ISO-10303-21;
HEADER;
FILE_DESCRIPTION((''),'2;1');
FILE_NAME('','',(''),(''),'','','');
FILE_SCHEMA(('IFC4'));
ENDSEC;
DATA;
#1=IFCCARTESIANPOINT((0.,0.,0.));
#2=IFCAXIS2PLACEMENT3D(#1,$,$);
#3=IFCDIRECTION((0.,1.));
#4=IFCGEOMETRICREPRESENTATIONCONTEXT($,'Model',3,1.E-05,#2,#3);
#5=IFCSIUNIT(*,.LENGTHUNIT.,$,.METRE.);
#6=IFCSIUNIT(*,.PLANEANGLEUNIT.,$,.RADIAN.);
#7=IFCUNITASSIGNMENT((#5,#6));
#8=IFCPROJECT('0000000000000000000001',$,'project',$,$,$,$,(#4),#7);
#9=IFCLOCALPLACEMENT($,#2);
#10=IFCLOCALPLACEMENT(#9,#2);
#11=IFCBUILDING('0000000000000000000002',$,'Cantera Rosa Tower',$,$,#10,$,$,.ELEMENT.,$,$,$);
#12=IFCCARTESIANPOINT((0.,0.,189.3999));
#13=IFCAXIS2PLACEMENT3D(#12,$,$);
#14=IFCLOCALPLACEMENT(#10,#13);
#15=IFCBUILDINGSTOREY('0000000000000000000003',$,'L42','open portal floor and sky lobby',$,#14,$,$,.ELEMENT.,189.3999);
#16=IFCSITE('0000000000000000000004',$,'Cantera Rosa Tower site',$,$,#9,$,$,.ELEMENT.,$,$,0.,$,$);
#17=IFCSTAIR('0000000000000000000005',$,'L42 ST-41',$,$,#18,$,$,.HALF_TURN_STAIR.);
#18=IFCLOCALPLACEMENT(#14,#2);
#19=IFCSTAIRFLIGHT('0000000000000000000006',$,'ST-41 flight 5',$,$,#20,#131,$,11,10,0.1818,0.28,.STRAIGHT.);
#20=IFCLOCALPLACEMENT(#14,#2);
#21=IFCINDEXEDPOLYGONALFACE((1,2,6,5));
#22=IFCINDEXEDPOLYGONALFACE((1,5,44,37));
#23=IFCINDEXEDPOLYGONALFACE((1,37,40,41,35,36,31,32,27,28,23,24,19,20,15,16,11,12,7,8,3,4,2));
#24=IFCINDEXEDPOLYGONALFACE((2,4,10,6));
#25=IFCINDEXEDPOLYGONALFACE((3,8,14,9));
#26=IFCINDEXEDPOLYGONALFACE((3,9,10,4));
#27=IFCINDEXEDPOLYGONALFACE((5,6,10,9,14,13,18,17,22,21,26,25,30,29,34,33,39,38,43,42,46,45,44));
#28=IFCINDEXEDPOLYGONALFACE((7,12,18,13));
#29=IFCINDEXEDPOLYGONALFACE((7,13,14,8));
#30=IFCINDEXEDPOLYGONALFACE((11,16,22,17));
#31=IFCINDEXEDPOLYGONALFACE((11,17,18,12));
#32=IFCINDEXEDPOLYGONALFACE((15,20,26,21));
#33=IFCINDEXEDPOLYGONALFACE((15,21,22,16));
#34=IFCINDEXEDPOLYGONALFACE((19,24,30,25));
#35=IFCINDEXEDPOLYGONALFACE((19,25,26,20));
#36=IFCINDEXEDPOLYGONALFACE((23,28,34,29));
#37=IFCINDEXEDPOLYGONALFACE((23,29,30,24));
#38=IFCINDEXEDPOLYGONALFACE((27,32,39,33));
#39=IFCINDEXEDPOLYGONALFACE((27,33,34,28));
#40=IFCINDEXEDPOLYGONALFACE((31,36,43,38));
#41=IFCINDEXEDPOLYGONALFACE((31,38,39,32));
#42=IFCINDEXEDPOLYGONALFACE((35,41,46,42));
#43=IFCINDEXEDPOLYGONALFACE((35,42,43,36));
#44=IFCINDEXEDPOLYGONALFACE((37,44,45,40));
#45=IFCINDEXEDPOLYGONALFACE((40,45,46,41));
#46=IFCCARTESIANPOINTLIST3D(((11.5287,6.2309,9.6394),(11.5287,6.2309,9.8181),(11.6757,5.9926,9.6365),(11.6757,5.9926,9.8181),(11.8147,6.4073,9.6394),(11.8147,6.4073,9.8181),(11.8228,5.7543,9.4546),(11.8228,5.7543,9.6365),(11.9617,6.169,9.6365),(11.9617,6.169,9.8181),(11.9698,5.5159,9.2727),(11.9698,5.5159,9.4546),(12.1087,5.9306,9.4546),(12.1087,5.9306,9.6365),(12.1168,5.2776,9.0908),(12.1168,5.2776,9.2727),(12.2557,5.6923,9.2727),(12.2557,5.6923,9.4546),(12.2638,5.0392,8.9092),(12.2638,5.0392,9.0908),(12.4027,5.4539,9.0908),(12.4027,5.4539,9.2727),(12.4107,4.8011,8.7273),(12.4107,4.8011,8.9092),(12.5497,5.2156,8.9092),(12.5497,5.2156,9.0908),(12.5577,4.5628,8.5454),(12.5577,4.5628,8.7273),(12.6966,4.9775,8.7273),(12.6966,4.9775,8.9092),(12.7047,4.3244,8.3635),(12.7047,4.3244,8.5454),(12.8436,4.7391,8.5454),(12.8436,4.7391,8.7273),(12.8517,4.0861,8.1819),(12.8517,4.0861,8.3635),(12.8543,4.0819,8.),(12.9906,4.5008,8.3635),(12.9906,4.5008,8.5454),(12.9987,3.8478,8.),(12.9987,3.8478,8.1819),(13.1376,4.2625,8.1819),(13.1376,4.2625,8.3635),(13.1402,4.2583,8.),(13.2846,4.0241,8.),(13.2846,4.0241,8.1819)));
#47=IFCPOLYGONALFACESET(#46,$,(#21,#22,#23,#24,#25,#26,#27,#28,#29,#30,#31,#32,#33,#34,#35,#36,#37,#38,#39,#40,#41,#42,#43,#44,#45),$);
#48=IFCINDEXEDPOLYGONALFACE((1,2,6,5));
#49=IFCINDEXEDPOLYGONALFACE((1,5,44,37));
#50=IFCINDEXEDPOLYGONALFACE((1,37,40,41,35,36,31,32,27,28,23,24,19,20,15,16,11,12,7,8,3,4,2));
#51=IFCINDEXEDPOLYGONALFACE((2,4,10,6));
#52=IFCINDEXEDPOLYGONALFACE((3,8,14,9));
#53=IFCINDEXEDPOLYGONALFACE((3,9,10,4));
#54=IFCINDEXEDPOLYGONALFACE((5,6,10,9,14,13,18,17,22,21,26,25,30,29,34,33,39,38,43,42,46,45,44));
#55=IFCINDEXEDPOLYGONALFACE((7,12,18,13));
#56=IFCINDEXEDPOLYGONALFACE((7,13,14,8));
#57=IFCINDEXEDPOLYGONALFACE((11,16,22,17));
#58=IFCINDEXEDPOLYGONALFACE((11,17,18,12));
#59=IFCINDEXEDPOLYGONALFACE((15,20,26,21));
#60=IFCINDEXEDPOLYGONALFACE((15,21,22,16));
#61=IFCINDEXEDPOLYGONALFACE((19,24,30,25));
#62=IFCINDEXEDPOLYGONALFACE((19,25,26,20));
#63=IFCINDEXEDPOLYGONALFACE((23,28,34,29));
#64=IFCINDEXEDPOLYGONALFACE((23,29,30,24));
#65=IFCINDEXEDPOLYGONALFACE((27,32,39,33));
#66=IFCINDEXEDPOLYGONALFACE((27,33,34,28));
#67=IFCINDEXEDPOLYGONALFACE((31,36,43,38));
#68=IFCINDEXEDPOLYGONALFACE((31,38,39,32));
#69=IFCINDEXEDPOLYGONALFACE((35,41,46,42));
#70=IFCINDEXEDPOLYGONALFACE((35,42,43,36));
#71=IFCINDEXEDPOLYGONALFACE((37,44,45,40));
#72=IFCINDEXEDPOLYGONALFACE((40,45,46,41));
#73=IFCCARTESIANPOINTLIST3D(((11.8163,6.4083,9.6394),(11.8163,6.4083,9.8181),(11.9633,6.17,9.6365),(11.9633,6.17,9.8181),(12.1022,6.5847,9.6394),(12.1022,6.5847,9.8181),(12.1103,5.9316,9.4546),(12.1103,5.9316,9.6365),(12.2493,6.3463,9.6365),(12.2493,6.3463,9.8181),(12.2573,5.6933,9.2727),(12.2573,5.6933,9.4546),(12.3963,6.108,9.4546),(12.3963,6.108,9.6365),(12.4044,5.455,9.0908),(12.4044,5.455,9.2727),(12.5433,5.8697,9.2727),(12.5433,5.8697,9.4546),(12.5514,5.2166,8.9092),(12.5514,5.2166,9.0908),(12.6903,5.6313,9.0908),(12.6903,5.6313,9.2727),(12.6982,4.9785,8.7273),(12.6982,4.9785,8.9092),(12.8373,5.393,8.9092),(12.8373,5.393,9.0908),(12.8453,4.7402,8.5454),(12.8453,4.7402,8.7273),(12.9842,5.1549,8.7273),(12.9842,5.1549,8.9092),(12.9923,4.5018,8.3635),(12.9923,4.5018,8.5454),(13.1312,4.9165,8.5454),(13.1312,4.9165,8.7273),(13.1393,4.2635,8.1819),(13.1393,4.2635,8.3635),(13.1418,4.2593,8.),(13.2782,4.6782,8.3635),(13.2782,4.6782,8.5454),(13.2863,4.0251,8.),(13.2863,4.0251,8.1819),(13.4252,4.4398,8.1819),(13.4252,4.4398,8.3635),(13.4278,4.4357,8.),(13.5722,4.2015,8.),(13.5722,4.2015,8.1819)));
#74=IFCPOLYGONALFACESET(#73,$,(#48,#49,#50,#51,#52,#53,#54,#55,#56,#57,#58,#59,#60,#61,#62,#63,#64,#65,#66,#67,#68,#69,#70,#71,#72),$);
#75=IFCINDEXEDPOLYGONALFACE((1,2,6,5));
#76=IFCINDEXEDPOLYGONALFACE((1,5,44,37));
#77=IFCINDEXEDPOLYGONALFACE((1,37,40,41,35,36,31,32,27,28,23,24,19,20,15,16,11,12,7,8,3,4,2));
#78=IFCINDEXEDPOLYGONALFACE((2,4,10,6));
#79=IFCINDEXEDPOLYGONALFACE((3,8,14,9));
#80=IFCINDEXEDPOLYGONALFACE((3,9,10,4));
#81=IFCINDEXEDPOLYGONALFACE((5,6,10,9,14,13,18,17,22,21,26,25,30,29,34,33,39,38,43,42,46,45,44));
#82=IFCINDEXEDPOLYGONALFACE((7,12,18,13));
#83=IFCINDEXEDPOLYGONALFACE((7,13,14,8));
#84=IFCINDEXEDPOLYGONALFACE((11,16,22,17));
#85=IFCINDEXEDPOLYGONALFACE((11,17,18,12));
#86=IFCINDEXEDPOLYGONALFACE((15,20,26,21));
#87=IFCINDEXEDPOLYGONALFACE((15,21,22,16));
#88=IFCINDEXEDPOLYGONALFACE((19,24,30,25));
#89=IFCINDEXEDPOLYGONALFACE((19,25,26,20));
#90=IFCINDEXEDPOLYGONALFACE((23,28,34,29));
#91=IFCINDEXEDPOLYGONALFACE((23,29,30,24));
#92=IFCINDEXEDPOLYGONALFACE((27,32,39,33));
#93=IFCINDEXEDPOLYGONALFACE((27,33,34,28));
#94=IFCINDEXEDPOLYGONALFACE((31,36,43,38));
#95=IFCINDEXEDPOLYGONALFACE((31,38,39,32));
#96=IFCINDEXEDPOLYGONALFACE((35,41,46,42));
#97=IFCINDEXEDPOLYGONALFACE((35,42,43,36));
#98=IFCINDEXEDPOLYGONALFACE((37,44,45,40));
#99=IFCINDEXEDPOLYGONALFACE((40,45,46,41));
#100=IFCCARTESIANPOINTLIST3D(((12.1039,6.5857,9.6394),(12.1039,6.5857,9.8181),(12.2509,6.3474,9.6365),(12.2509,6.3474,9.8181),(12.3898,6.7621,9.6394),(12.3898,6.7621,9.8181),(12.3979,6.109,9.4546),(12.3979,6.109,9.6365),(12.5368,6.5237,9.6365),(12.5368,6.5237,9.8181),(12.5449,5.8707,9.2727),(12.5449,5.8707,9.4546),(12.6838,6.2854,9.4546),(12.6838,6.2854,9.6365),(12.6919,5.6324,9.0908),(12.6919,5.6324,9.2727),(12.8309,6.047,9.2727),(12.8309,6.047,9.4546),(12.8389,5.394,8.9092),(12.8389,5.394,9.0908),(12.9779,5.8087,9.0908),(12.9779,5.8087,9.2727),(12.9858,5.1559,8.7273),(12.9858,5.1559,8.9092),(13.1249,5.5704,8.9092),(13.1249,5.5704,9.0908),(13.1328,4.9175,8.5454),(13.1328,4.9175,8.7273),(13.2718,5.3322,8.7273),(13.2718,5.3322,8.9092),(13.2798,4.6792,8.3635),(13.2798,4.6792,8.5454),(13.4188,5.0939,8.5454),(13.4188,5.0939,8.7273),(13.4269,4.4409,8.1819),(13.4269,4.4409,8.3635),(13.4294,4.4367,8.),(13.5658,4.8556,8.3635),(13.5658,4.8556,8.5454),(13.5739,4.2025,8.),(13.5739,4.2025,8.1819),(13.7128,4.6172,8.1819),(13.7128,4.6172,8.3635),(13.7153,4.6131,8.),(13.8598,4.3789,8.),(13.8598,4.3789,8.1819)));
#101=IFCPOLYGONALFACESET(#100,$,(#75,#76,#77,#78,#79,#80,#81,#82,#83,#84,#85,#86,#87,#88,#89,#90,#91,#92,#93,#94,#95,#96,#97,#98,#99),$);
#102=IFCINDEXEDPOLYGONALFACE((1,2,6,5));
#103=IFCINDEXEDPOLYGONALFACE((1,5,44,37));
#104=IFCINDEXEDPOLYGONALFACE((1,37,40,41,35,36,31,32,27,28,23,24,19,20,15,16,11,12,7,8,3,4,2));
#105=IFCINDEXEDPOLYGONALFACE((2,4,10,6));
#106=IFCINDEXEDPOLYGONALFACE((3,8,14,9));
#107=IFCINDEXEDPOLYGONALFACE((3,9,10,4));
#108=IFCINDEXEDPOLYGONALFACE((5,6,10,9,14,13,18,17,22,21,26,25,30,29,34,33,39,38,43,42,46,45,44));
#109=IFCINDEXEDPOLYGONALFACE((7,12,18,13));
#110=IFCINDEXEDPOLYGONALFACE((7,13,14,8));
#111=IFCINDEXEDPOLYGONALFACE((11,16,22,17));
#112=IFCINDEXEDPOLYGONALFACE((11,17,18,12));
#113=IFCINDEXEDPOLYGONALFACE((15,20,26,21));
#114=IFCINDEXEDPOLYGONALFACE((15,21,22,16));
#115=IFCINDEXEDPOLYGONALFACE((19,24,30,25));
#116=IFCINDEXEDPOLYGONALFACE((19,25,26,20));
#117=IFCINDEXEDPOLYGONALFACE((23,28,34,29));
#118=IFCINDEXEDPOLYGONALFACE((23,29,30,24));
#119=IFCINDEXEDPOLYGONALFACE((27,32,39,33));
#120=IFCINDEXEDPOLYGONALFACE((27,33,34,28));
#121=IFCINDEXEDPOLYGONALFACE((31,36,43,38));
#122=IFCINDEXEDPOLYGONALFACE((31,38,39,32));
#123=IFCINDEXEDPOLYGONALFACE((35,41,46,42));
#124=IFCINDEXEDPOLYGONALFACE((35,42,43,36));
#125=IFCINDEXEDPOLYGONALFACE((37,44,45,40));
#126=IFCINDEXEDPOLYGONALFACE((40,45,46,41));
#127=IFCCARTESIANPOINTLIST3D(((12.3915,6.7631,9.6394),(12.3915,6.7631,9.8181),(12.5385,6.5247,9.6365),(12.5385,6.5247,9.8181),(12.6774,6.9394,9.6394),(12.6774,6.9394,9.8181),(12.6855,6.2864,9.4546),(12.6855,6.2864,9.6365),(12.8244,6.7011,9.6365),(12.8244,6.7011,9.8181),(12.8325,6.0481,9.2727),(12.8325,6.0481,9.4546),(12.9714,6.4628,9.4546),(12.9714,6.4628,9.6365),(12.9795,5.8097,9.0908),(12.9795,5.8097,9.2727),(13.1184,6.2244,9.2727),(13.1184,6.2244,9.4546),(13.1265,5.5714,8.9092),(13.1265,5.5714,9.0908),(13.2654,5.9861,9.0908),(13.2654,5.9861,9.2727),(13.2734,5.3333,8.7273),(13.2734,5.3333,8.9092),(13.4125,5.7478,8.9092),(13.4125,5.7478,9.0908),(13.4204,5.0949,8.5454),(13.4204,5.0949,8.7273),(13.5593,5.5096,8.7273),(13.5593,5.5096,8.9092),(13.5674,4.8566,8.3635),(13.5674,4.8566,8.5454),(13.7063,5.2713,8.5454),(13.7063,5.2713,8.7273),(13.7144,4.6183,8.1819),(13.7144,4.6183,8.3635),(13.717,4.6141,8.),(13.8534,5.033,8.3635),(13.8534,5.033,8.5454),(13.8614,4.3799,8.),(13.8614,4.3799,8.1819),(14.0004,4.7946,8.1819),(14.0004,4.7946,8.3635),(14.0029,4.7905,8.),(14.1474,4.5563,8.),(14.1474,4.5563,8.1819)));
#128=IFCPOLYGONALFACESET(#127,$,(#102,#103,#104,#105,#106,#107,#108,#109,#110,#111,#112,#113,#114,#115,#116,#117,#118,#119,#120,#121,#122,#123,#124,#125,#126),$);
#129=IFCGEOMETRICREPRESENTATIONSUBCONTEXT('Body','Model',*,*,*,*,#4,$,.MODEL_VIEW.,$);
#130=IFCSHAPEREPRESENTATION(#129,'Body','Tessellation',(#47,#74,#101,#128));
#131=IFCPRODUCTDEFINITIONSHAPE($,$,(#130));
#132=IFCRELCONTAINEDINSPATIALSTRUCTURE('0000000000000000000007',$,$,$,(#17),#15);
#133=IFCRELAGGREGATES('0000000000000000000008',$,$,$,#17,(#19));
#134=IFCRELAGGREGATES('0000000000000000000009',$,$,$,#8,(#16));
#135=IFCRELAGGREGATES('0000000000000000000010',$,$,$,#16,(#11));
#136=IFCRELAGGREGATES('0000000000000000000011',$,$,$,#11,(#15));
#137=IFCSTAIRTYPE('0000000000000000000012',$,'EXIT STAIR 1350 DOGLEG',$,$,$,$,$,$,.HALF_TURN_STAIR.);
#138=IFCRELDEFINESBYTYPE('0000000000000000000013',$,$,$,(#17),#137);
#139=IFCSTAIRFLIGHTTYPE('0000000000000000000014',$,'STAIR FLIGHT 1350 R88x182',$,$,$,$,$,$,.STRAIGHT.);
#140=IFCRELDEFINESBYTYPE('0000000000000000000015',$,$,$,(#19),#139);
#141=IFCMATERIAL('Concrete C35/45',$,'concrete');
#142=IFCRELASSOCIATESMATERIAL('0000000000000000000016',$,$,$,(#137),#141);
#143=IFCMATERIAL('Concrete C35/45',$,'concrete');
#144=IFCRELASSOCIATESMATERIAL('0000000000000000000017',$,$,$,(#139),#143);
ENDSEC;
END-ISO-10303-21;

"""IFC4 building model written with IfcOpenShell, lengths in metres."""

from ifc_helpers import new_model, si_unit, direction, frame, origin, place, context, subcontext, project, spatial, polyline, outline, extrude, material, type_object, element, aggregate, save


model = new_model("IFC4")

# Units and contexts
model_context = context("Model", 3, precision=1e-05, world=origin(), true_north=direction((0.0, 1.0)))
body_context = subcontext(model_context, "Body", "Model", "MODEL_VIEW")
ifc_project = project(units=[si_unit("LENGTHUNIT", "METRE"), si_unit("PLANEANGLEUNIT", "RADIAN")], contexts=[model_context])

# Site, building, storey
site_placement = place(None, origin())
site = spatial("IfcSite", under=ifc_project, at=site_placement, Name="Cantera Rosa Tower site", CompositionType="ELEMENT", RefElevation=0.0)
building_placement = place(site_placement, origin())
building = spatial("IfcBuilding", under=site, at=building_placement, Name="Cantera Rosa Tower", CompositionType="ELEMENT")
storey_placement = place(building_placement, frame((0.0, 0.0, 189.3999)))
storey = spatial("IfcBuildingStorey", under=building, at=storey_placement, Name="L42", Description="open portal floor and sky lobby", CompositionType="ELEMENT", Elevation=189.3999)

# Stair, stair flight
ifc_material_1 = material(Name="Concrete C35/45", Category="concrete")
stair_type = type_object("IfcStairType", Name="EXIT STAIR 1350 DOGLEG", PredefinedType="HALF_TURN_STAIR", material=ifc_material_1)
stair_placement = place(storey_placement, origin())
stair = element("IfcStair", 1, at=stair_placement, inside=storey, type_object=stair_type, Name="L42 ST-41", PredefinedType="HALF_TURN_STAIR")
ifc_material_2 = material(Name="Concrete C35/45", Category="concrete")
stair_flight_type = type_object("IfcStairFlightType", Name="STAIR FLIGHT 1350 R88x182", PredefinedType="STRAIGHT", material=ifc_material_2)
stair_flight_1_placement = place(storey_placement, frame((13.5732, 4.2021, 8.0), z_axis=(0.0, 0.0, 1.0), x_axis=(-0.524977, 0.851117, 0.0)))
stair_flight_1 = element("IfcStairFlight", 2, at=stair_flight_1_placement, type_object=stair_flight_type, Name="ST-41 flight 5", NumberOfRisers=11, NumberOfTreads=10, PredefinedType="STRAIGHT", RiserHeight=0.1818, TreadLength=0.28, context=body_context, shape_type="SweptSolid", body=[
    extrude(outline(polyline([(0.0, 0.0), (0.0, 0.1819), (0.28, 0.1819), (0.28, 0.3635), (0.5601, 0.3635), (0.5601, 0.5454), (0.8401, 0.5454), (0.8401, 0.7273), (1.1201, 0.7273), (1.1201, 0.9092), (1.3999, 0.9092), (1.3999, 1.0908), (1.6799, 1.0908), (1.6799, 1.2727), (1.96, 1.2727), (1.96, 1.4546), (2.24, 1.4546), (2.24, 1.6365), (2.52, 1.6365), (2.52, 1.8181), (2.8, 1.8181), (2.8, 2.0), (2.8, 1.6394), (0.2751, 0.0), (0.0, 0.0)])), frame((0.0, 0.675, 0.0), z_axis=(0.0, -1.0, 0.0), x_axis=(1.0, 0.0, 0.0)), (0.0, 0.0, 1.0), 0.3359),
    extrude(outline(polyline([(0.0, 0.0), (0.0, 0.1819), (0.28, 0.1819), (0.28, 0.3635), (0.5601, 0.3635), (0.5601, 0.5454), (0.8401, 0.5454), (0.8401, 0.7273), (1.1201, 0.7273), (1.1201, 0.9092), (1.3999, 0.9092), (1.3999, 1.0908), (1.6799, 1.0908), (1.6799, 1.2727), (1.96, 1.2727), (1.96, 1.4546), (2.24, 1.4546), (2.24, 1.6365), (2.52, 1.6365), (2.52, 1.8181), (2.8, 1.8181), (2.8, 2.0), (2.8, 1.6394), (0.2751, 0.0), (0.0, 0.0)])), frame((0.0, 0.3372, 0.0), z_axis=(0.0, -1.0, 0.0), x_axis=(1.0, 0.0, 0.0)), (0.0, 0.0, 1.0), 0.3359),
    extrude(outline(polyline([(0.0, 0.0), (0.0, 0.1819), (0.28, 0.1819), (0.28, 0.3635), (0.5601, 0.3635), (0.5601, 0.5454), (0.8401, 0.5454), (0.8401, 0.7273), (1.1201, 0.7273), (1.1201, 0.9092), (1.3999, 0.9092), (1.3999, 1.0908), (1.6799, 1.0908), (1.6799, 1.2727), (1.96, 1.2727), (1.96, 1.4546), (2.24, 1.4546), (2.24, 1.6365), (2.52, 1.6365), (2.52, 1.8181), (2.8, 1.8181), (2.8, 2.0), (2.8, 1.6394), (0.2751, 0.0), (0.0, 0.0)])), frame((0.0, -0.0007, 0.0), z_axis=(0.0, -1.0, 0.0), x_axis=(1.0, 0.0, 0.0)), (0.0, 0.0, 1.0), 0.3359),
    extrude(outline(polyline([(0.0, 0.0), (0.0, 0.1819), (0.28, 0.1819), (0.28, 0.3635), (0.5601, 0.3635), (0.5601, 0.5454), (0.8401, 0.5454), (0.8401, 0.7273), (1.1201, 0.7273), (1.1201, 0.9092), (1.3999, 0.9092), (1.3999, 1.0908), (1.6799, 1.0908), (1.6799, 1.2727), (1.96, 1.2727), (1.96, 1.4546), (2.24, 1.4546), (2.24, 1.6365), (2.52, 1.6365), (2.52, 1.8181), (2.8, 1.8181), (2.8, 2.0), (2.8, 1.6394), (0.2751, 0.0), (0.0, 0.0)])), frame((0.0, -0.3386, 0.0), z_axis=(0.0, -1.0, 0.0), x_axis=(1.0, 0.0, 0.0)), (0.0, 0.0, 1.0), 0.3359),
])
aggregate(stair, [stair_flight_1])

save(model, "model.ifc")
